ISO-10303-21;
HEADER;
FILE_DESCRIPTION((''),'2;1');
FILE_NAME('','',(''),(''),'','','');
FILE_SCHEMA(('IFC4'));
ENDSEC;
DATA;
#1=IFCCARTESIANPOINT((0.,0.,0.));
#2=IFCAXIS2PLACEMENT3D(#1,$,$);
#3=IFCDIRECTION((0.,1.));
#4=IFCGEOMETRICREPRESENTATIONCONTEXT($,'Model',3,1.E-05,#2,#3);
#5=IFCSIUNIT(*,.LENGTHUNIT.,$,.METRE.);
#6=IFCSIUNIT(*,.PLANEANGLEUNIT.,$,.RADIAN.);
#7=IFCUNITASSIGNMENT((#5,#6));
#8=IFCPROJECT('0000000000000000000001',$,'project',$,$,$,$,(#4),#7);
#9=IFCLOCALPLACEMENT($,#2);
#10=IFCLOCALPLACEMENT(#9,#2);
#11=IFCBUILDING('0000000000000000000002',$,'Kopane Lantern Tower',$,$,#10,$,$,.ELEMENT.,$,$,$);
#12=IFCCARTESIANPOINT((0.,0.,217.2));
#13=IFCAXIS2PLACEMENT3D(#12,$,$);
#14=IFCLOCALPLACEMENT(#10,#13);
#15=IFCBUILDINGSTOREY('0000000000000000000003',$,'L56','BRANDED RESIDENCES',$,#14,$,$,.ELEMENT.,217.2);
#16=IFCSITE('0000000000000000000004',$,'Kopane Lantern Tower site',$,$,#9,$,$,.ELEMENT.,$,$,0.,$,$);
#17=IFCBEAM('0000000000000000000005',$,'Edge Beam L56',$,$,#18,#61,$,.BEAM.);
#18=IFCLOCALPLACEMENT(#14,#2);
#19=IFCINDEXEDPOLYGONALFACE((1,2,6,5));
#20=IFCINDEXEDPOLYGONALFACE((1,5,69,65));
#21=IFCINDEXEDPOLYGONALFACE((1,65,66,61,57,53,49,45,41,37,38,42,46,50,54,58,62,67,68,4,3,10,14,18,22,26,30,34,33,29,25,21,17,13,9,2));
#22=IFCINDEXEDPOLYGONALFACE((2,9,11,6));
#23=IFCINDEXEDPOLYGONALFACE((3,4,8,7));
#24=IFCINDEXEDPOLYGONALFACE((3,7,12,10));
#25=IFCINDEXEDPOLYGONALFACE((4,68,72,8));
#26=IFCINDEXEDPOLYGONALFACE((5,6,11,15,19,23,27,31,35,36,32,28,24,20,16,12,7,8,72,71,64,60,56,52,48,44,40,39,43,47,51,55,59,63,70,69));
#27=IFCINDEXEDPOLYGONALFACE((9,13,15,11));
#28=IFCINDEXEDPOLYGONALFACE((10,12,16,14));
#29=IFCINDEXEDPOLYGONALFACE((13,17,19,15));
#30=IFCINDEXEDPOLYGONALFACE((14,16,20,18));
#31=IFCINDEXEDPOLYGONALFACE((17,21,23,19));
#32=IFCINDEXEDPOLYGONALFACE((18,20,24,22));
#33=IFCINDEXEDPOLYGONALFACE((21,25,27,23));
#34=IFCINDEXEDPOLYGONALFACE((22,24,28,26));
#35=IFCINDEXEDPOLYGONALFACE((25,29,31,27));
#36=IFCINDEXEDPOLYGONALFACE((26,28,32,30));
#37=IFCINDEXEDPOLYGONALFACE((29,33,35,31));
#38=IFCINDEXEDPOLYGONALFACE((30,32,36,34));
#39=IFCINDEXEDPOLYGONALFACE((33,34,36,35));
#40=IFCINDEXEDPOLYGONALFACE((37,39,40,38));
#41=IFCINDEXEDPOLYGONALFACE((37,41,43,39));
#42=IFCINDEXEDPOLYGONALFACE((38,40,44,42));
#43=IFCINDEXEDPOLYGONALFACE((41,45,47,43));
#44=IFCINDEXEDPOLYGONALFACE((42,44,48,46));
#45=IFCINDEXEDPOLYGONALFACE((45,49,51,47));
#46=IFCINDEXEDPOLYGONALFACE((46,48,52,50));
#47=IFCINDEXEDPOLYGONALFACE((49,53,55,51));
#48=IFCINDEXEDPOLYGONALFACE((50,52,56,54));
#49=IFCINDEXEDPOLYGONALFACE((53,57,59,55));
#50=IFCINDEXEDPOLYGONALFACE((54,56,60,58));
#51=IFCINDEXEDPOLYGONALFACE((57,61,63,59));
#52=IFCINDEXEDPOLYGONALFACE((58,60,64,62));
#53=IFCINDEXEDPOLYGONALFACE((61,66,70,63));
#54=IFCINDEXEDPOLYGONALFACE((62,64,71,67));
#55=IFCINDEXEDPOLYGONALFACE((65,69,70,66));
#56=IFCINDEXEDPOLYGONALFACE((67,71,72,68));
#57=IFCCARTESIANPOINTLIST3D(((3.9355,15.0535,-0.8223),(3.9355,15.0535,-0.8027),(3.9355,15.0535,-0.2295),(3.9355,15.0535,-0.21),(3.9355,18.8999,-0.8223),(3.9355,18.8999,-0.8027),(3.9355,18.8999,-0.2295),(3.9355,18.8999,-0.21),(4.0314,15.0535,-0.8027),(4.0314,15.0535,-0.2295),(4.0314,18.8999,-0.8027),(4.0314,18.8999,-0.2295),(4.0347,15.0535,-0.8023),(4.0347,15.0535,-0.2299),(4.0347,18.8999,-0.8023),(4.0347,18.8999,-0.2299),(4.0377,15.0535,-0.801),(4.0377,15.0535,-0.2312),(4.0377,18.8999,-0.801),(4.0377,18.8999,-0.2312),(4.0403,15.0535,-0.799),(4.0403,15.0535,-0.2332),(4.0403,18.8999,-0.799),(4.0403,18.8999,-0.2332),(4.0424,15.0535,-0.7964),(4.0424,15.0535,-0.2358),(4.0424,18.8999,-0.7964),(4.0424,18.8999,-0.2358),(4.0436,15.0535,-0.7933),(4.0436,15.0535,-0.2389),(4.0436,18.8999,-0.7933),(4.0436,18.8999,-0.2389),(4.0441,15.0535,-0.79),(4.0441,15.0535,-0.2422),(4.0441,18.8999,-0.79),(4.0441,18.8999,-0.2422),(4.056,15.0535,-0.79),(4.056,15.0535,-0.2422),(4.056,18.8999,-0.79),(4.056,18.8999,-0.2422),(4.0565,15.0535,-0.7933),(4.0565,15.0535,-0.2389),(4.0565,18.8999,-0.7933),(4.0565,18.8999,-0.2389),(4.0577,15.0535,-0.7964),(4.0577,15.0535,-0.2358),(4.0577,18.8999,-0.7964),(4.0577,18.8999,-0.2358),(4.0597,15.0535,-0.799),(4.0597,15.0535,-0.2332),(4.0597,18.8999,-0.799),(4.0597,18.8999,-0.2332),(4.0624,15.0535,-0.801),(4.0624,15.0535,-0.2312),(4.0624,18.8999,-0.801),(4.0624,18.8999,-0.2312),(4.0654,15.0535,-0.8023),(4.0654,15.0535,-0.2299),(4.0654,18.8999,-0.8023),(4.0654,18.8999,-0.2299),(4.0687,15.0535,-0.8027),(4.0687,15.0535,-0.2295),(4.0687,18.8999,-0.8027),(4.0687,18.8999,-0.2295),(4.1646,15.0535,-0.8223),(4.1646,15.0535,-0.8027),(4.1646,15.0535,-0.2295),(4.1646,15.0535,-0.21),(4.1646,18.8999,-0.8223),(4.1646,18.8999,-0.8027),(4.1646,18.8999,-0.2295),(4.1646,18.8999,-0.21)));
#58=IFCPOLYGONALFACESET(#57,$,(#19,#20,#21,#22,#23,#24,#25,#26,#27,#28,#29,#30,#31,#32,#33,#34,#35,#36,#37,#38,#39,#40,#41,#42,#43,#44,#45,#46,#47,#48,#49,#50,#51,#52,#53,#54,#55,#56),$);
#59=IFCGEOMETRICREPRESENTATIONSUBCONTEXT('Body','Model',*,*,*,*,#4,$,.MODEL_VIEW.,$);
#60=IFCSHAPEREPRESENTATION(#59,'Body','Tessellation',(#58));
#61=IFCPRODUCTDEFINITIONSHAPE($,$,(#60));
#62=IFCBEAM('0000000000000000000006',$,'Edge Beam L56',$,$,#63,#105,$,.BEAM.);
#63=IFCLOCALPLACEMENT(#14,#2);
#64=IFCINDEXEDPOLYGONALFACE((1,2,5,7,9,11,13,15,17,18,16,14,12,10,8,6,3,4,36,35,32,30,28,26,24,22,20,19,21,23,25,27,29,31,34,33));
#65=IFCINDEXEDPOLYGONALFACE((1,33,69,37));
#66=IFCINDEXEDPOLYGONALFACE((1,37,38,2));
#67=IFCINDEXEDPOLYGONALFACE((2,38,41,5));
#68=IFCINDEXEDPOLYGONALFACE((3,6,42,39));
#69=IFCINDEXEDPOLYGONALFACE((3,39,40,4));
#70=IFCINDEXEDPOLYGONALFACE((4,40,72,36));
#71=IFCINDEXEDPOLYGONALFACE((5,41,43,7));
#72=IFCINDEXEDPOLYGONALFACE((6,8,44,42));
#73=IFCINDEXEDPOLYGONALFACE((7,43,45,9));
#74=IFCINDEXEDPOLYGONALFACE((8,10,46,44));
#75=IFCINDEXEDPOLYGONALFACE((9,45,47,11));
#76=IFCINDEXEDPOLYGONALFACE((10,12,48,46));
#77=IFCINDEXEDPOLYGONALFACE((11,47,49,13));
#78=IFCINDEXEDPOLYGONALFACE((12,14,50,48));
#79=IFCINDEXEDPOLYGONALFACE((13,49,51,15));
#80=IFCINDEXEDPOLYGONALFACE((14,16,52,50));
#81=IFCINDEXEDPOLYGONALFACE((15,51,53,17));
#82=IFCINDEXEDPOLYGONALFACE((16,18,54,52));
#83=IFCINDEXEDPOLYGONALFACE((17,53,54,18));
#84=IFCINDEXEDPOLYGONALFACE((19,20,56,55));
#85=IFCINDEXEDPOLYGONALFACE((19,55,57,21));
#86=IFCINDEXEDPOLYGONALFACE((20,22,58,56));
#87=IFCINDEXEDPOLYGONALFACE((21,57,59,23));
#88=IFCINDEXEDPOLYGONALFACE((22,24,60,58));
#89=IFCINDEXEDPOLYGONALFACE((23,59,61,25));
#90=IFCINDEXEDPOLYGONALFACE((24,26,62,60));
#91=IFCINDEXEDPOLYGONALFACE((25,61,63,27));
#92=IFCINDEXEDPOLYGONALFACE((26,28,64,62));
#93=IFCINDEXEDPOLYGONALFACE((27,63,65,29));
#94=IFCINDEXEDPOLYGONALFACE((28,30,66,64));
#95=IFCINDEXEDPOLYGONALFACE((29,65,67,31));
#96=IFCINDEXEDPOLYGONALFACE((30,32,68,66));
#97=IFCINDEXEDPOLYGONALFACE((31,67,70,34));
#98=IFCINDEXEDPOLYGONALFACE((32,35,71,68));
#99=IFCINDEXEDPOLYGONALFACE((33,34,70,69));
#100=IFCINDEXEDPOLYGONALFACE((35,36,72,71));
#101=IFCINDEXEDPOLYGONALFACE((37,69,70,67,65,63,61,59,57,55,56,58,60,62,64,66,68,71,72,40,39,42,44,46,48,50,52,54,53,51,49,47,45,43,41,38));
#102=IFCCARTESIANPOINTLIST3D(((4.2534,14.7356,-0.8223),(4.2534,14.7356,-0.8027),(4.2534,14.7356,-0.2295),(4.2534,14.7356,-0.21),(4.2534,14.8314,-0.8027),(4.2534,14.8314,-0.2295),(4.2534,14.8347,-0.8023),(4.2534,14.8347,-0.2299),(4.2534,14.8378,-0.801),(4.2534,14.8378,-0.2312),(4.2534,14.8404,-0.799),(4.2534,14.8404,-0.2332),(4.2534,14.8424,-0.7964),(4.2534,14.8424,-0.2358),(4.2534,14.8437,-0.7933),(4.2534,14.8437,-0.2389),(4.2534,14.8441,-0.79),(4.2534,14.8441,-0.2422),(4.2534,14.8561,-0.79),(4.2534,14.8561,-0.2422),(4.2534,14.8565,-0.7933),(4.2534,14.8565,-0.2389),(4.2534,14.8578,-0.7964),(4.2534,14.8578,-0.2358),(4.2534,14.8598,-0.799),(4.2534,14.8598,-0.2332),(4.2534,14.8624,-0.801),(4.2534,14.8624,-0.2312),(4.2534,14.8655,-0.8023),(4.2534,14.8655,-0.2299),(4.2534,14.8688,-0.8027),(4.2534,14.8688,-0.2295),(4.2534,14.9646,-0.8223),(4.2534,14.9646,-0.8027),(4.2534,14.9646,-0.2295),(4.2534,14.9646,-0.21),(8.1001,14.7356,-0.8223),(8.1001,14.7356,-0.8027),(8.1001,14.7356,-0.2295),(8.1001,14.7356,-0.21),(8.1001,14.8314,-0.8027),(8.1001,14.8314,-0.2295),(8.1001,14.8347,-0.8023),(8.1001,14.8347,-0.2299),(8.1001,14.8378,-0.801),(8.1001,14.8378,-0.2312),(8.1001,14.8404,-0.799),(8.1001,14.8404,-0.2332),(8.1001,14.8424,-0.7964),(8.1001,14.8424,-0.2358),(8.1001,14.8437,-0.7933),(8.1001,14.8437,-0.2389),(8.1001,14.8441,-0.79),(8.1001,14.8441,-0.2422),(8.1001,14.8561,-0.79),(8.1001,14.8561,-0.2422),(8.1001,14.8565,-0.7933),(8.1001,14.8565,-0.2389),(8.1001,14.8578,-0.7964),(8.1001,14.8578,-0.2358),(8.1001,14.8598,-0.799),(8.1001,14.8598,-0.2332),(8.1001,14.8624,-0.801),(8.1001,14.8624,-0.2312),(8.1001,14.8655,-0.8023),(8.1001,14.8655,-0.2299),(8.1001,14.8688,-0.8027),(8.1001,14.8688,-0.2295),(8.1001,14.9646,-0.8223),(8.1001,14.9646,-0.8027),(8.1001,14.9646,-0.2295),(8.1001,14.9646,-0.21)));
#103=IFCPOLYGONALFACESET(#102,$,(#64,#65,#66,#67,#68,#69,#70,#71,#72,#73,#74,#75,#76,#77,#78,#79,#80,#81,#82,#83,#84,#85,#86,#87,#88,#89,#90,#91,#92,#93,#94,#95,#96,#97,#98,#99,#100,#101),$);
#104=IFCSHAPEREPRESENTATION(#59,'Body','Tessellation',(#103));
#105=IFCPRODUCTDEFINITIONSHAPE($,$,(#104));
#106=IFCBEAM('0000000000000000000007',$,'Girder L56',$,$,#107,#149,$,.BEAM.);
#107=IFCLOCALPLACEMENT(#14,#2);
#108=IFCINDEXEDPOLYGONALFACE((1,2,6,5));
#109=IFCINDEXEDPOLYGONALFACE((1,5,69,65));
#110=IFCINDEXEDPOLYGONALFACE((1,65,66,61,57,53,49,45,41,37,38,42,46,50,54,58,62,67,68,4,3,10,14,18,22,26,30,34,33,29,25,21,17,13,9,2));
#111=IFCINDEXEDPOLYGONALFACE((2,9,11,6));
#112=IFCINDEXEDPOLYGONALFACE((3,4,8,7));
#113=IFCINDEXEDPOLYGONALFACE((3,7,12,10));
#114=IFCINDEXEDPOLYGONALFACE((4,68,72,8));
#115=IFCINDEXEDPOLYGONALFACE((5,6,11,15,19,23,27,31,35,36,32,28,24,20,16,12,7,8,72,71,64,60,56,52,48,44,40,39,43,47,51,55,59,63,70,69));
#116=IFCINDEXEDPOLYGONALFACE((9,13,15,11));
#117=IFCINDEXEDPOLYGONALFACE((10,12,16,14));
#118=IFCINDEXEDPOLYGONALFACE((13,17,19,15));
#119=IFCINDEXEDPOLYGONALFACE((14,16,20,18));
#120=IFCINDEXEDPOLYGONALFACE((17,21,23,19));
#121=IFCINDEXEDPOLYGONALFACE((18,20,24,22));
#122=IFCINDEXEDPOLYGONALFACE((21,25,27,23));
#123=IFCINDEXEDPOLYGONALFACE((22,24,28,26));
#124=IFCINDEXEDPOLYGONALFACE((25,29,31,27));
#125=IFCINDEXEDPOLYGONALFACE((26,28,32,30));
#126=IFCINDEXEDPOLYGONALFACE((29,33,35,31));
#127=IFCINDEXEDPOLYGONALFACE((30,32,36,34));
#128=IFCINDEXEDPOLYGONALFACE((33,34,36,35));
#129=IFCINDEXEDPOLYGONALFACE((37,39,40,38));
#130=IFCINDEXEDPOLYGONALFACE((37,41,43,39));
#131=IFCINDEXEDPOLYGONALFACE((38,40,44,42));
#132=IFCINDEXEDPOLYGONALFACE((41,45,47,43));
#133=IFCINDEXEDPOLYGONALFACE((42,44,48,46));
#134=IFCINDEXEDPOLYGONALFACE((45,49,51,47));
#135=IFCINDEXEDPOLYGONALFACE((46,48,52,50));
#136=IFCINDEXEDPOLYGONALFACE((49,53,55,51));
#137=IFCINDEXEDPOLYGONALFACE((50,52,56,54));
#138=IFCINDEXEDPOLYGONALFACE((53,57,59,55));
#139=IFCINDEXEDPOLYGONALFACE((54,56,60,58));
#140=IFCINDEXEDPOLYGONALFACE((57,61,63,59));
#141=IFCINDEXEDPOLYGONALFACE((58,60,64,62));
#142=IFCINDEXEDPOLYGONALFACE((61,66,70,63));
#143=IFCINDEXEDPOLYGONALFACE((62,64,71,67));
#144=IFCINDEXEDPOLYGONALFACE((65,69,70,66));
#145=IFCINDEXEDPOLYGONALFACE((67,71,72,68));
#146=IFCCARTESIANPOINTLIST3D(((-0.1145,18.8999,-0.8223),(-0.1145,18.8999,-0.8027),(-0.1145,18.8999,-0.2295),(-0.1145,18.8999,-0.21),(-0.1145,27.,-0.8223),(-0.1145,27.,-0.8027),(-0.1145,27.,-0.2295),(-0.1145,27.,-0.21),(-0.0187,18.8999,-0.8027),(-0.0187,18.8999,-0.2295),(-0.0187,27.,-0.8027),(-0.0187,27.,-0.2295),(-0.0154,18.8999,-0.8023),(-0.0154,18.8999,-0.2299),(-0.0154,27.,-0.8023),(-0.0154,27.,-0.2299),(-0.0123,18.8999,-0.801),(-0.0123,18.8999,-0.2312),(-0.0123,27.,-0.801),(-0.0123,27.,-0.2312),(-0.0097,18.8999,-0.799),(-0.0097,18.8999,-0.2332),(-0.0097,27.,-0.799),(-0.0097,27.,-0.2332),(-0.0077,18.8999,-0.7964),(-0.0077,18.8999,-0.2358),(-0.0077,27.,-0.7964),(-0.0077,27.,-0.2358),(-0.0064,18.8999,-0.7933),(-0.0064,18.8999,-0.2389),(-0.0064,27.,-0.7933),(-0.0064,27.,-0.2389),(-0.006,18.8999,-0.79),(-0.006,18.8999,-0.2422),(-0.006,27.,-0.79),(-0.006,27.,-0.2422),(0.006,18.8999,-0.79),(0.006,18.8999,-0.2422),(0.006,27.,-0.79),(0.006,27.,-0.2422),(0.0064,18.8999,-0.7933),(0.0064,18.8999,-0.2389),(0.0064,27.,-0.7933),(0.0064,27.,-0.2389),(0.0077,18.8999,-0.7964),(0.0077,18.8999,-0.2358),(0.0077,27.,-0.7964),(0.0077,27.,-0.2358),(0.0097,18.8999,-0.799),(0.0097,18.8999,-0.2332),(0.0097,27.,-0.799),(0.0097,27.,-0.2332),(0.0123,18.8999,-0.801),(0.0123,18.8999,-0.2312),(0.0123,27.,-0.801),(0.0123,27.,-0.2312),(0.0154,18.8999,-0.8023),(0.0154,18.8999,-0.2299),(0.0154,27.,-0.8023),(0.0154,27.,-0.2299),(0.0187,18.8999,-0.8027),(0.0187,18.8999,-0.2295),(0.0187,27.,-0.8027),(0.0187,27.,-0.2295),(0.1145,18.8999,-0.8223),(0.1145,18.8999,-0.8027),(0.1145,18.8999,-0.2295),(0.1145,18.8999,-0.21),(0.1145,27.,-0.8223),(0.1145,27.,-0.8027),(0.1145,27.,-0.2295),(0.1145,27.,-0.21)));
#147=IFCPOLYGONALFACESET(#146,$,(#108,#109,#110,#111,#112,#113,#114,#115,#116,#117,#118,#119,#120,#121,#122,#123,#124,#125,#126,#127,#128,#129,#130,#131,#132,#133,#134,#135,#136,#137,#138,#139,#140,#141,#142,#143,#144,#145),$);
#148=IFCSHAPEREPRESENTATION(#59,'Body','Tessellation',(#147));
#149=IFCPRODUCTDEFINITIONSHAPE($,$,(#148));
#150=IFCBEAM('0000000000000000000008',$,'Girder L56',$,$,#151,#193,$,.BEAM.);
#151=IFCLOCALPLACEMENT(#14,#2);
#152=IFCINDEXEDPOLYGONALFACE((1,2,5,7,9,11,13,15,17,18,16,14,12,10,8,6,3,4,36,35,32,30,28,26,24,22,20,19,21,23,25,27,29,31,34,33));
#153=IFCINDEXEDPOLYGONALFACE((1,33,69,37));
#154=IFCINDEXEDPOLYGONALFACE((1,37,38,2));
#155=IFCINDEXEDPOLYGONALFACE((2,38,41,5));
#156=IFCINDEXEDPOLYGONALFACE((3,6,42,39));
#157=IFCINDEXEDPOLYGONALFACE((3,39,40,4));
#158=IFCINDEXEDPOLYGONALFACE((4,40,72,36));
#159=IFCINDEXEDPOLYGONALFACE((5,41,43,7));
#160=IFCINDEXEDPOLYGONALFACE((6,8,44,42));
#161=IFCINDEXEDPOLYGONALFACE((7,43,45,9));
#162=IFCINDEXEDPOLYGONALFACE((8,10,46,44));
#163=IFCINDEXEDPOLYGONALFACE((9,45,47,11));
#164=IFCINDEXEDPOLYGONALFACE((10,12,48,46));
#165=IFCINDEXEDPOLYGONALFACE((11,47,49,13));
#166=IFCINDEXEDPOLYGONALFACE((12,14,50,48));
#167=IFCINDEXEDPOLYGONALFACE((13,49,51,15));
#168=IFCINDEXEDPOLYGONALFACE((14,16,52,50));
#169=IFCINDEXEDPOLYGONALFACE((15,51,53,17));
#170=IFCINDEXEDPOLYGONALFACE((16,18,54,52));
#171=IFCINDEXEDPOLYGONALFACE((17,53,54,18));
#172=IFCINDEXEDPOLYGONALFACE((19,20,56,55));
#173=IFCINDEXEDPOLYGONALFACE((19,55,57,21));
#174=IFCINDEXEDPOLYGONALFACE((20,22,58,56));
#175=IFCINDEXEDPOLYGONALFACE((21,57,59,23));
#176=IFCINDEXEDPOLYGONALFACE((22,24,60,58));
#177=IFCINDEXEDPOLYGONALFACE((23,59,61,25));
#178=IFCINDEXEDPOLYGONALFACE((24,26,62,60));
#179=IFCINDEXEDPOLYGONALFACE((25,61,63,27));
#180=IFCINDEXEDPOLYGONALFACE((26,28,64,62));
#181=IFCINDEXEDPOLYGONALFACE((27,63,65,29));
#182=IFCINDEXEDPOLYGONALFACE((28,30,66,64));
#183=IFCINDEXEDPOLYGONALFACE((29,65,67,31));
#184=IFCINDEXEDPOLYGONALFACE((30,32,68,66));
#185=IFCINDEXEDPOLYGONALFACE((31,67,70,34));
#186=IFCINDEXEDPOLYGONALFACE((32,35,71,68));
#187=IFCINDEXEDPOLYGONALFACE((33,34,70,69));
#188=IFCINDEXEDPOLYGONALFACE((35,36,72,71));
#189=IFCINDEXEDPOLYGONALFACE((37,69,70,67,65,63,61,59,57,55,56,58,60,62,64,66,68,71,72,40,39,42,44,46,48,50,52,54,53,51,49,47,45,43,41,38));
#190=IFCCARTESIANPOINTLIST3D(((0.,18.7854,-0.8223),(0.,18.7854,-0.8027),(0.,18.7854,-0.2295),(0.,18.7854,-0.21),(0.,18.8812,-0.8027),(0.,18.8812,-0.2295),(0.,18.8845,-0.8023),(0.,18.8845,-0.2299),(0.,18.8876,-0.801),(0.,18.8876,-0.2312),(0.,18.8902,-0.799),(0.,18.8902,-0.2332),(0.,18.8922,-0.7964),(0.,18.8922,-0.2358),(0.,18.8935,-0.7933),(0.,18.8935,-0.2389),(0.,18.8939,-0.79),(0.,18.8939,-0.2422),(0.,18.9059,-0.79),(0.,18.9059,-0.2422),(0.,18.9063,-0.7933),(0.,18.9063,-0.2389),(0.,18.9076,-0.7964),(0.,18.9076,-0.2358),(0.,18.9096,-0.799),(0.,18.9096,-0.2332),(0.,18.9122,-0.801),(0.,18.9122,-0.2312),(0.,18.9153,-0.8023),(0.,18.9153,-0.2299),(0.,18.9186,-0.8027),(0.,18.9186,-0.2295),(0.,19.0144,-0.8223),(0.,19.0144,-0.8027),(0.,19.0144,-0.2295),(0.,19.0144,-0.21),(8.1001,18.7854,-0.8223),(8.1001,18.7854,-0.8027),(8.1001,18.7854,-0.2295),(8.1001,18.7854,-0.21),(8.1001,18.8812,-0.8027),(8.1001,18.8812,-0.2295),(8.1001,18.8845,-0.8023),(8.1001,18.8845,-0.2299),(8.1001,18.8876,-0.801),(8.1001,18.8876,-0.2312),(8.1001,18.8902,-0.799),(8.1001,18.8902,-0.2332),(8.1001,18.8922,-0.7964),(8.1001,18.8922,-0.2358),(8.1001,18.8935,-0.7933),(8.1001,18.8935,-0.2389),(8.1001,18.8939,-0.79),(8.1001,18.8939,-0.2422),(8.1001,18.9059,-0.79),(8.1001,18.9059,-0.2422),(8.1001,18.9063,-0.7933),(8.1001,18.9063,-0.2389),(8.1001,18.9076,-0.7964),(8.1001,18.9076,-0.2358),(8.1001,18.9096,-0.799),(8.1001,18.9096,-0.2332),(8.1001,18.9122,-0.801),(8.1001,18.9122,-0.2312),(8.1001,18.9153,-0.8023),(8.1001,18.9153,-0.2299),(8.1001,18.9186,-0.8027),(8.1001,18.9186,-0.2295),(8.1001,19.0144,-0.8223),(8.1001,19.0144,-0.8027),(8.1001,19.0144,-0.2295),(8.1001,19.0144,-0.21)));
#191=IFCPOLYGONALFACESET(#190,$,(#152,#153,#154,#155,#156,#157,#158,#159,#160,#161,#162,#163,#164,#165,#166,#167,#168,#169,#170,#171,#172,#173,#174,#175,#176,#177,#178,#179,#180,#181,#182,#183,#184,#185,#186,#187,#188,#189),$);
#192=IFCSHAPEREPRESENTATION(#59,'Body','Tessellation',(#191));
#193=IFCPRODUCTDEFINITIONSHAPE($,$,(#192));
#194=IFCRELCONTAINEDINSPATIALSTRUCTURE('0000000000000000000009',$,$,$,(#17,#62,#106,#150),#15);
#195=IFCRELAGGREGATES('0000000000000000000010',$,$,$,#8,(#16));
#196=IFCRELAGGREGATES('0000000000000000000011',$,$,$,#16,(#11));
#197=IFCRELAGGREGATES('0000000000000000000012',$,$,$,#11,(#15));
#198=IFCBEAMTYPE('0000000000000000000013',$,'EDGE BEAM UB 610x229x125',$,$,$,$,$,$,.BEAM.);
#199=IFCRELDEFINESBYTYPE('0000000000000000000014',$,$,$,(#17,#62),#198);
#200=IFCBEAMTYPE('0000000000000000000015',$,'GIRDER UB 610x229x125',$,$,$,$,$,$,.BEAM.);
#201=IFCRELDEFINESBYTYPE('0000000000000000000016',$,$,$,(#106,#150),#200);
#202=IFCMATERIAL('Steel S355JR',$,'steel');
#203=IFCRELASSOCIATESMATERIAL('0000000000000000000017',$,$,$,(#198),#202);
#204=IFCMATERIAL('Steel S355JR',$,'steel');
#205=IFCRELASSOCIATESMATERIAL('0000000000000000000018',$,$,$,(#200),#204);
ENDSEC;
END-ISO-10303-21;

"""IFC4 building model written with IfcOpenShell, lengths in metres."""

from ifc_helpers import new_model, si_unit, direction, frame, origin, origin_2d, place, context, subcontext, project, spatial, i_section, extrude, material, material_profile, profile_set, type_object, element, save


model = new_model("IFC4")

# Units and contexts
model_context = context("Model", 3, precision=1e-05, world=origin(), true_north=direction((0.0, 1.0)))
body_context = subcontext(model_context, "Body", "Model", "MODEL_VIEW")
ifc_project = project(units=[si_unit("LENGTHUNIT", "METRE"), si_unit("PLANEANGLEUNIT", "RADIAN")], contexts=[model_context])

# Site, building, storey
site_placement = place(None, origin())
site = spatial("IfcSite", under=ifc_project, at=site_placement, Name="Kopane Lantern Tower site", CompositionType="ELEMENT", RefElevation=0.0)
building_placement = place(site_placement, origin())
building = spatial("IfcBuilding", under=site, at=building_placement, Name="Kopane Lantern Tower", CompositionType="ELEMENT")
storey_placement = place(building_placement, frame((0.0, 0.0, 217.2)))
storey = spatial("IfcBuildingStorey", under=building, at=storey_placement, Name="L56", Description="BRANDED RESIDENCES", CompositionType="ELEMENT", Elevation=217.2)

# Beams
ifc_material_1 = material(Name="Steel S355JR", Category="steel")
ifc_material_profile_1 = material_profile(ifc_material_1, i_section(OverallWidth=0.229, OverallDepth=0.6123, WebThickness=0.012, FlangeThickness=0.0195, FilletRadius=0.0127, at=origin_2d()), Name="UB 610x229x125")
ifc_profile_set_1 = profile_set([ifc_material_profile_1], Name="Steel S355JR")
beam_type_1 = type_object("IfcBeamType", Name="EDGE BEAM UB 610x229x125", PredefinedType="BEAM", material=ifc_profile_set_1)
beam_1_placement = place(storey_placement, frame((4.05, 15.0535, -0.5161), z_axis=(0.0, 1.0, 0.0), x_axis=(-1.0, 0.0, 0.0)))
element("IfcBeam", 1, at=beam_1_placement, inside=storey, type_object=beam_type_1, Name="Edge Beam L56", PredefinedType="BEAM", context=body_context, shape_type="SweptSolid", body=[
    extrude(i_section(OverallWidth=0.229, OverallDepth=0.6123, WebThickness=0.012, FlangeThickness=0.0195, FilletRadius=0.0127, at=origin_2d()), origin(), (0.0, 0.0, 1.0), 3.8464),
])
beam_2_placement = place(storey_placement, frame((4.2534, 14.8501, -0.5161), z_axis=(1.0, 0.0, 0.0), x_axis=(0.0, 1.0, 0.0)))
element("IfcBeam", 2, at=beam_2_placement, inside=storey, type_object=beam_type_1, Name="Edge Beam L56", PredefinedType="BEAM", context=body_context, shape_type="SweptSolid", body=[
    extrude(i_section(OverallWidth=0.229, OverallDepth=0.6123, WebThickness=0.012, FlangeThickness=0.0195, FilletRadius=0.0127, at=origin_2d()), origin(), (0.0, 0.0, 1.0), 3.8467),
])
ifc_material_2 = material(Name="Steel S355JR", Category="steel")
ifc_material_profile_2 = material_profile(ifc_material_2, i_section(OverallWidth=0.229, OverallDepth=0.6123, WebThickness=0.012, FlangeThickness=0.0195, FilletRadius=0.0127, at=origin_2d()), Name="UB 610x229x125")
ifc_profile_set_2 = profile_set([ifc_material_profile_2], Name="Steel S355JR")
beam_type_2 = type_object("IfcBeamType", Name="GIRDER UB 610x229x125", PredefinedType="BEAM", material=ifc_profile_set_2)
for number, where, z_axis, x_axis, name in (
    (3, (0.0, 18.8999, -0.5161), (0.0, 1.0, 0.0), (-1.0, 0.0, 0.0), "Girder L56"),
    (4, (0.0, 18.8999, -0.5161), (1.0, 0.0, 0.0), (0.0, 1.0, 0.0), "Girder L56"),
):
    element("IfcBeam", number, at=place(storey_placement, frame(where, z_axis=z_axis, x_axis=x_axis)), inside=storey, type_object=beam_type_2, Name=name, PredefinedType="BEAM", context=body_context, shape_type="SweptSolid", body=[
        extrude(i_section(OverallWidth=0.229, OverallDepth=0.6123, WebThickness=0.012, FlangeThickness=0.0195, FilletRadius=0.0127, at=origin_2d()), origin(), (0.0, 0.0, 1.0), 8.1001),
    ])

save(model, "model.ifc")
